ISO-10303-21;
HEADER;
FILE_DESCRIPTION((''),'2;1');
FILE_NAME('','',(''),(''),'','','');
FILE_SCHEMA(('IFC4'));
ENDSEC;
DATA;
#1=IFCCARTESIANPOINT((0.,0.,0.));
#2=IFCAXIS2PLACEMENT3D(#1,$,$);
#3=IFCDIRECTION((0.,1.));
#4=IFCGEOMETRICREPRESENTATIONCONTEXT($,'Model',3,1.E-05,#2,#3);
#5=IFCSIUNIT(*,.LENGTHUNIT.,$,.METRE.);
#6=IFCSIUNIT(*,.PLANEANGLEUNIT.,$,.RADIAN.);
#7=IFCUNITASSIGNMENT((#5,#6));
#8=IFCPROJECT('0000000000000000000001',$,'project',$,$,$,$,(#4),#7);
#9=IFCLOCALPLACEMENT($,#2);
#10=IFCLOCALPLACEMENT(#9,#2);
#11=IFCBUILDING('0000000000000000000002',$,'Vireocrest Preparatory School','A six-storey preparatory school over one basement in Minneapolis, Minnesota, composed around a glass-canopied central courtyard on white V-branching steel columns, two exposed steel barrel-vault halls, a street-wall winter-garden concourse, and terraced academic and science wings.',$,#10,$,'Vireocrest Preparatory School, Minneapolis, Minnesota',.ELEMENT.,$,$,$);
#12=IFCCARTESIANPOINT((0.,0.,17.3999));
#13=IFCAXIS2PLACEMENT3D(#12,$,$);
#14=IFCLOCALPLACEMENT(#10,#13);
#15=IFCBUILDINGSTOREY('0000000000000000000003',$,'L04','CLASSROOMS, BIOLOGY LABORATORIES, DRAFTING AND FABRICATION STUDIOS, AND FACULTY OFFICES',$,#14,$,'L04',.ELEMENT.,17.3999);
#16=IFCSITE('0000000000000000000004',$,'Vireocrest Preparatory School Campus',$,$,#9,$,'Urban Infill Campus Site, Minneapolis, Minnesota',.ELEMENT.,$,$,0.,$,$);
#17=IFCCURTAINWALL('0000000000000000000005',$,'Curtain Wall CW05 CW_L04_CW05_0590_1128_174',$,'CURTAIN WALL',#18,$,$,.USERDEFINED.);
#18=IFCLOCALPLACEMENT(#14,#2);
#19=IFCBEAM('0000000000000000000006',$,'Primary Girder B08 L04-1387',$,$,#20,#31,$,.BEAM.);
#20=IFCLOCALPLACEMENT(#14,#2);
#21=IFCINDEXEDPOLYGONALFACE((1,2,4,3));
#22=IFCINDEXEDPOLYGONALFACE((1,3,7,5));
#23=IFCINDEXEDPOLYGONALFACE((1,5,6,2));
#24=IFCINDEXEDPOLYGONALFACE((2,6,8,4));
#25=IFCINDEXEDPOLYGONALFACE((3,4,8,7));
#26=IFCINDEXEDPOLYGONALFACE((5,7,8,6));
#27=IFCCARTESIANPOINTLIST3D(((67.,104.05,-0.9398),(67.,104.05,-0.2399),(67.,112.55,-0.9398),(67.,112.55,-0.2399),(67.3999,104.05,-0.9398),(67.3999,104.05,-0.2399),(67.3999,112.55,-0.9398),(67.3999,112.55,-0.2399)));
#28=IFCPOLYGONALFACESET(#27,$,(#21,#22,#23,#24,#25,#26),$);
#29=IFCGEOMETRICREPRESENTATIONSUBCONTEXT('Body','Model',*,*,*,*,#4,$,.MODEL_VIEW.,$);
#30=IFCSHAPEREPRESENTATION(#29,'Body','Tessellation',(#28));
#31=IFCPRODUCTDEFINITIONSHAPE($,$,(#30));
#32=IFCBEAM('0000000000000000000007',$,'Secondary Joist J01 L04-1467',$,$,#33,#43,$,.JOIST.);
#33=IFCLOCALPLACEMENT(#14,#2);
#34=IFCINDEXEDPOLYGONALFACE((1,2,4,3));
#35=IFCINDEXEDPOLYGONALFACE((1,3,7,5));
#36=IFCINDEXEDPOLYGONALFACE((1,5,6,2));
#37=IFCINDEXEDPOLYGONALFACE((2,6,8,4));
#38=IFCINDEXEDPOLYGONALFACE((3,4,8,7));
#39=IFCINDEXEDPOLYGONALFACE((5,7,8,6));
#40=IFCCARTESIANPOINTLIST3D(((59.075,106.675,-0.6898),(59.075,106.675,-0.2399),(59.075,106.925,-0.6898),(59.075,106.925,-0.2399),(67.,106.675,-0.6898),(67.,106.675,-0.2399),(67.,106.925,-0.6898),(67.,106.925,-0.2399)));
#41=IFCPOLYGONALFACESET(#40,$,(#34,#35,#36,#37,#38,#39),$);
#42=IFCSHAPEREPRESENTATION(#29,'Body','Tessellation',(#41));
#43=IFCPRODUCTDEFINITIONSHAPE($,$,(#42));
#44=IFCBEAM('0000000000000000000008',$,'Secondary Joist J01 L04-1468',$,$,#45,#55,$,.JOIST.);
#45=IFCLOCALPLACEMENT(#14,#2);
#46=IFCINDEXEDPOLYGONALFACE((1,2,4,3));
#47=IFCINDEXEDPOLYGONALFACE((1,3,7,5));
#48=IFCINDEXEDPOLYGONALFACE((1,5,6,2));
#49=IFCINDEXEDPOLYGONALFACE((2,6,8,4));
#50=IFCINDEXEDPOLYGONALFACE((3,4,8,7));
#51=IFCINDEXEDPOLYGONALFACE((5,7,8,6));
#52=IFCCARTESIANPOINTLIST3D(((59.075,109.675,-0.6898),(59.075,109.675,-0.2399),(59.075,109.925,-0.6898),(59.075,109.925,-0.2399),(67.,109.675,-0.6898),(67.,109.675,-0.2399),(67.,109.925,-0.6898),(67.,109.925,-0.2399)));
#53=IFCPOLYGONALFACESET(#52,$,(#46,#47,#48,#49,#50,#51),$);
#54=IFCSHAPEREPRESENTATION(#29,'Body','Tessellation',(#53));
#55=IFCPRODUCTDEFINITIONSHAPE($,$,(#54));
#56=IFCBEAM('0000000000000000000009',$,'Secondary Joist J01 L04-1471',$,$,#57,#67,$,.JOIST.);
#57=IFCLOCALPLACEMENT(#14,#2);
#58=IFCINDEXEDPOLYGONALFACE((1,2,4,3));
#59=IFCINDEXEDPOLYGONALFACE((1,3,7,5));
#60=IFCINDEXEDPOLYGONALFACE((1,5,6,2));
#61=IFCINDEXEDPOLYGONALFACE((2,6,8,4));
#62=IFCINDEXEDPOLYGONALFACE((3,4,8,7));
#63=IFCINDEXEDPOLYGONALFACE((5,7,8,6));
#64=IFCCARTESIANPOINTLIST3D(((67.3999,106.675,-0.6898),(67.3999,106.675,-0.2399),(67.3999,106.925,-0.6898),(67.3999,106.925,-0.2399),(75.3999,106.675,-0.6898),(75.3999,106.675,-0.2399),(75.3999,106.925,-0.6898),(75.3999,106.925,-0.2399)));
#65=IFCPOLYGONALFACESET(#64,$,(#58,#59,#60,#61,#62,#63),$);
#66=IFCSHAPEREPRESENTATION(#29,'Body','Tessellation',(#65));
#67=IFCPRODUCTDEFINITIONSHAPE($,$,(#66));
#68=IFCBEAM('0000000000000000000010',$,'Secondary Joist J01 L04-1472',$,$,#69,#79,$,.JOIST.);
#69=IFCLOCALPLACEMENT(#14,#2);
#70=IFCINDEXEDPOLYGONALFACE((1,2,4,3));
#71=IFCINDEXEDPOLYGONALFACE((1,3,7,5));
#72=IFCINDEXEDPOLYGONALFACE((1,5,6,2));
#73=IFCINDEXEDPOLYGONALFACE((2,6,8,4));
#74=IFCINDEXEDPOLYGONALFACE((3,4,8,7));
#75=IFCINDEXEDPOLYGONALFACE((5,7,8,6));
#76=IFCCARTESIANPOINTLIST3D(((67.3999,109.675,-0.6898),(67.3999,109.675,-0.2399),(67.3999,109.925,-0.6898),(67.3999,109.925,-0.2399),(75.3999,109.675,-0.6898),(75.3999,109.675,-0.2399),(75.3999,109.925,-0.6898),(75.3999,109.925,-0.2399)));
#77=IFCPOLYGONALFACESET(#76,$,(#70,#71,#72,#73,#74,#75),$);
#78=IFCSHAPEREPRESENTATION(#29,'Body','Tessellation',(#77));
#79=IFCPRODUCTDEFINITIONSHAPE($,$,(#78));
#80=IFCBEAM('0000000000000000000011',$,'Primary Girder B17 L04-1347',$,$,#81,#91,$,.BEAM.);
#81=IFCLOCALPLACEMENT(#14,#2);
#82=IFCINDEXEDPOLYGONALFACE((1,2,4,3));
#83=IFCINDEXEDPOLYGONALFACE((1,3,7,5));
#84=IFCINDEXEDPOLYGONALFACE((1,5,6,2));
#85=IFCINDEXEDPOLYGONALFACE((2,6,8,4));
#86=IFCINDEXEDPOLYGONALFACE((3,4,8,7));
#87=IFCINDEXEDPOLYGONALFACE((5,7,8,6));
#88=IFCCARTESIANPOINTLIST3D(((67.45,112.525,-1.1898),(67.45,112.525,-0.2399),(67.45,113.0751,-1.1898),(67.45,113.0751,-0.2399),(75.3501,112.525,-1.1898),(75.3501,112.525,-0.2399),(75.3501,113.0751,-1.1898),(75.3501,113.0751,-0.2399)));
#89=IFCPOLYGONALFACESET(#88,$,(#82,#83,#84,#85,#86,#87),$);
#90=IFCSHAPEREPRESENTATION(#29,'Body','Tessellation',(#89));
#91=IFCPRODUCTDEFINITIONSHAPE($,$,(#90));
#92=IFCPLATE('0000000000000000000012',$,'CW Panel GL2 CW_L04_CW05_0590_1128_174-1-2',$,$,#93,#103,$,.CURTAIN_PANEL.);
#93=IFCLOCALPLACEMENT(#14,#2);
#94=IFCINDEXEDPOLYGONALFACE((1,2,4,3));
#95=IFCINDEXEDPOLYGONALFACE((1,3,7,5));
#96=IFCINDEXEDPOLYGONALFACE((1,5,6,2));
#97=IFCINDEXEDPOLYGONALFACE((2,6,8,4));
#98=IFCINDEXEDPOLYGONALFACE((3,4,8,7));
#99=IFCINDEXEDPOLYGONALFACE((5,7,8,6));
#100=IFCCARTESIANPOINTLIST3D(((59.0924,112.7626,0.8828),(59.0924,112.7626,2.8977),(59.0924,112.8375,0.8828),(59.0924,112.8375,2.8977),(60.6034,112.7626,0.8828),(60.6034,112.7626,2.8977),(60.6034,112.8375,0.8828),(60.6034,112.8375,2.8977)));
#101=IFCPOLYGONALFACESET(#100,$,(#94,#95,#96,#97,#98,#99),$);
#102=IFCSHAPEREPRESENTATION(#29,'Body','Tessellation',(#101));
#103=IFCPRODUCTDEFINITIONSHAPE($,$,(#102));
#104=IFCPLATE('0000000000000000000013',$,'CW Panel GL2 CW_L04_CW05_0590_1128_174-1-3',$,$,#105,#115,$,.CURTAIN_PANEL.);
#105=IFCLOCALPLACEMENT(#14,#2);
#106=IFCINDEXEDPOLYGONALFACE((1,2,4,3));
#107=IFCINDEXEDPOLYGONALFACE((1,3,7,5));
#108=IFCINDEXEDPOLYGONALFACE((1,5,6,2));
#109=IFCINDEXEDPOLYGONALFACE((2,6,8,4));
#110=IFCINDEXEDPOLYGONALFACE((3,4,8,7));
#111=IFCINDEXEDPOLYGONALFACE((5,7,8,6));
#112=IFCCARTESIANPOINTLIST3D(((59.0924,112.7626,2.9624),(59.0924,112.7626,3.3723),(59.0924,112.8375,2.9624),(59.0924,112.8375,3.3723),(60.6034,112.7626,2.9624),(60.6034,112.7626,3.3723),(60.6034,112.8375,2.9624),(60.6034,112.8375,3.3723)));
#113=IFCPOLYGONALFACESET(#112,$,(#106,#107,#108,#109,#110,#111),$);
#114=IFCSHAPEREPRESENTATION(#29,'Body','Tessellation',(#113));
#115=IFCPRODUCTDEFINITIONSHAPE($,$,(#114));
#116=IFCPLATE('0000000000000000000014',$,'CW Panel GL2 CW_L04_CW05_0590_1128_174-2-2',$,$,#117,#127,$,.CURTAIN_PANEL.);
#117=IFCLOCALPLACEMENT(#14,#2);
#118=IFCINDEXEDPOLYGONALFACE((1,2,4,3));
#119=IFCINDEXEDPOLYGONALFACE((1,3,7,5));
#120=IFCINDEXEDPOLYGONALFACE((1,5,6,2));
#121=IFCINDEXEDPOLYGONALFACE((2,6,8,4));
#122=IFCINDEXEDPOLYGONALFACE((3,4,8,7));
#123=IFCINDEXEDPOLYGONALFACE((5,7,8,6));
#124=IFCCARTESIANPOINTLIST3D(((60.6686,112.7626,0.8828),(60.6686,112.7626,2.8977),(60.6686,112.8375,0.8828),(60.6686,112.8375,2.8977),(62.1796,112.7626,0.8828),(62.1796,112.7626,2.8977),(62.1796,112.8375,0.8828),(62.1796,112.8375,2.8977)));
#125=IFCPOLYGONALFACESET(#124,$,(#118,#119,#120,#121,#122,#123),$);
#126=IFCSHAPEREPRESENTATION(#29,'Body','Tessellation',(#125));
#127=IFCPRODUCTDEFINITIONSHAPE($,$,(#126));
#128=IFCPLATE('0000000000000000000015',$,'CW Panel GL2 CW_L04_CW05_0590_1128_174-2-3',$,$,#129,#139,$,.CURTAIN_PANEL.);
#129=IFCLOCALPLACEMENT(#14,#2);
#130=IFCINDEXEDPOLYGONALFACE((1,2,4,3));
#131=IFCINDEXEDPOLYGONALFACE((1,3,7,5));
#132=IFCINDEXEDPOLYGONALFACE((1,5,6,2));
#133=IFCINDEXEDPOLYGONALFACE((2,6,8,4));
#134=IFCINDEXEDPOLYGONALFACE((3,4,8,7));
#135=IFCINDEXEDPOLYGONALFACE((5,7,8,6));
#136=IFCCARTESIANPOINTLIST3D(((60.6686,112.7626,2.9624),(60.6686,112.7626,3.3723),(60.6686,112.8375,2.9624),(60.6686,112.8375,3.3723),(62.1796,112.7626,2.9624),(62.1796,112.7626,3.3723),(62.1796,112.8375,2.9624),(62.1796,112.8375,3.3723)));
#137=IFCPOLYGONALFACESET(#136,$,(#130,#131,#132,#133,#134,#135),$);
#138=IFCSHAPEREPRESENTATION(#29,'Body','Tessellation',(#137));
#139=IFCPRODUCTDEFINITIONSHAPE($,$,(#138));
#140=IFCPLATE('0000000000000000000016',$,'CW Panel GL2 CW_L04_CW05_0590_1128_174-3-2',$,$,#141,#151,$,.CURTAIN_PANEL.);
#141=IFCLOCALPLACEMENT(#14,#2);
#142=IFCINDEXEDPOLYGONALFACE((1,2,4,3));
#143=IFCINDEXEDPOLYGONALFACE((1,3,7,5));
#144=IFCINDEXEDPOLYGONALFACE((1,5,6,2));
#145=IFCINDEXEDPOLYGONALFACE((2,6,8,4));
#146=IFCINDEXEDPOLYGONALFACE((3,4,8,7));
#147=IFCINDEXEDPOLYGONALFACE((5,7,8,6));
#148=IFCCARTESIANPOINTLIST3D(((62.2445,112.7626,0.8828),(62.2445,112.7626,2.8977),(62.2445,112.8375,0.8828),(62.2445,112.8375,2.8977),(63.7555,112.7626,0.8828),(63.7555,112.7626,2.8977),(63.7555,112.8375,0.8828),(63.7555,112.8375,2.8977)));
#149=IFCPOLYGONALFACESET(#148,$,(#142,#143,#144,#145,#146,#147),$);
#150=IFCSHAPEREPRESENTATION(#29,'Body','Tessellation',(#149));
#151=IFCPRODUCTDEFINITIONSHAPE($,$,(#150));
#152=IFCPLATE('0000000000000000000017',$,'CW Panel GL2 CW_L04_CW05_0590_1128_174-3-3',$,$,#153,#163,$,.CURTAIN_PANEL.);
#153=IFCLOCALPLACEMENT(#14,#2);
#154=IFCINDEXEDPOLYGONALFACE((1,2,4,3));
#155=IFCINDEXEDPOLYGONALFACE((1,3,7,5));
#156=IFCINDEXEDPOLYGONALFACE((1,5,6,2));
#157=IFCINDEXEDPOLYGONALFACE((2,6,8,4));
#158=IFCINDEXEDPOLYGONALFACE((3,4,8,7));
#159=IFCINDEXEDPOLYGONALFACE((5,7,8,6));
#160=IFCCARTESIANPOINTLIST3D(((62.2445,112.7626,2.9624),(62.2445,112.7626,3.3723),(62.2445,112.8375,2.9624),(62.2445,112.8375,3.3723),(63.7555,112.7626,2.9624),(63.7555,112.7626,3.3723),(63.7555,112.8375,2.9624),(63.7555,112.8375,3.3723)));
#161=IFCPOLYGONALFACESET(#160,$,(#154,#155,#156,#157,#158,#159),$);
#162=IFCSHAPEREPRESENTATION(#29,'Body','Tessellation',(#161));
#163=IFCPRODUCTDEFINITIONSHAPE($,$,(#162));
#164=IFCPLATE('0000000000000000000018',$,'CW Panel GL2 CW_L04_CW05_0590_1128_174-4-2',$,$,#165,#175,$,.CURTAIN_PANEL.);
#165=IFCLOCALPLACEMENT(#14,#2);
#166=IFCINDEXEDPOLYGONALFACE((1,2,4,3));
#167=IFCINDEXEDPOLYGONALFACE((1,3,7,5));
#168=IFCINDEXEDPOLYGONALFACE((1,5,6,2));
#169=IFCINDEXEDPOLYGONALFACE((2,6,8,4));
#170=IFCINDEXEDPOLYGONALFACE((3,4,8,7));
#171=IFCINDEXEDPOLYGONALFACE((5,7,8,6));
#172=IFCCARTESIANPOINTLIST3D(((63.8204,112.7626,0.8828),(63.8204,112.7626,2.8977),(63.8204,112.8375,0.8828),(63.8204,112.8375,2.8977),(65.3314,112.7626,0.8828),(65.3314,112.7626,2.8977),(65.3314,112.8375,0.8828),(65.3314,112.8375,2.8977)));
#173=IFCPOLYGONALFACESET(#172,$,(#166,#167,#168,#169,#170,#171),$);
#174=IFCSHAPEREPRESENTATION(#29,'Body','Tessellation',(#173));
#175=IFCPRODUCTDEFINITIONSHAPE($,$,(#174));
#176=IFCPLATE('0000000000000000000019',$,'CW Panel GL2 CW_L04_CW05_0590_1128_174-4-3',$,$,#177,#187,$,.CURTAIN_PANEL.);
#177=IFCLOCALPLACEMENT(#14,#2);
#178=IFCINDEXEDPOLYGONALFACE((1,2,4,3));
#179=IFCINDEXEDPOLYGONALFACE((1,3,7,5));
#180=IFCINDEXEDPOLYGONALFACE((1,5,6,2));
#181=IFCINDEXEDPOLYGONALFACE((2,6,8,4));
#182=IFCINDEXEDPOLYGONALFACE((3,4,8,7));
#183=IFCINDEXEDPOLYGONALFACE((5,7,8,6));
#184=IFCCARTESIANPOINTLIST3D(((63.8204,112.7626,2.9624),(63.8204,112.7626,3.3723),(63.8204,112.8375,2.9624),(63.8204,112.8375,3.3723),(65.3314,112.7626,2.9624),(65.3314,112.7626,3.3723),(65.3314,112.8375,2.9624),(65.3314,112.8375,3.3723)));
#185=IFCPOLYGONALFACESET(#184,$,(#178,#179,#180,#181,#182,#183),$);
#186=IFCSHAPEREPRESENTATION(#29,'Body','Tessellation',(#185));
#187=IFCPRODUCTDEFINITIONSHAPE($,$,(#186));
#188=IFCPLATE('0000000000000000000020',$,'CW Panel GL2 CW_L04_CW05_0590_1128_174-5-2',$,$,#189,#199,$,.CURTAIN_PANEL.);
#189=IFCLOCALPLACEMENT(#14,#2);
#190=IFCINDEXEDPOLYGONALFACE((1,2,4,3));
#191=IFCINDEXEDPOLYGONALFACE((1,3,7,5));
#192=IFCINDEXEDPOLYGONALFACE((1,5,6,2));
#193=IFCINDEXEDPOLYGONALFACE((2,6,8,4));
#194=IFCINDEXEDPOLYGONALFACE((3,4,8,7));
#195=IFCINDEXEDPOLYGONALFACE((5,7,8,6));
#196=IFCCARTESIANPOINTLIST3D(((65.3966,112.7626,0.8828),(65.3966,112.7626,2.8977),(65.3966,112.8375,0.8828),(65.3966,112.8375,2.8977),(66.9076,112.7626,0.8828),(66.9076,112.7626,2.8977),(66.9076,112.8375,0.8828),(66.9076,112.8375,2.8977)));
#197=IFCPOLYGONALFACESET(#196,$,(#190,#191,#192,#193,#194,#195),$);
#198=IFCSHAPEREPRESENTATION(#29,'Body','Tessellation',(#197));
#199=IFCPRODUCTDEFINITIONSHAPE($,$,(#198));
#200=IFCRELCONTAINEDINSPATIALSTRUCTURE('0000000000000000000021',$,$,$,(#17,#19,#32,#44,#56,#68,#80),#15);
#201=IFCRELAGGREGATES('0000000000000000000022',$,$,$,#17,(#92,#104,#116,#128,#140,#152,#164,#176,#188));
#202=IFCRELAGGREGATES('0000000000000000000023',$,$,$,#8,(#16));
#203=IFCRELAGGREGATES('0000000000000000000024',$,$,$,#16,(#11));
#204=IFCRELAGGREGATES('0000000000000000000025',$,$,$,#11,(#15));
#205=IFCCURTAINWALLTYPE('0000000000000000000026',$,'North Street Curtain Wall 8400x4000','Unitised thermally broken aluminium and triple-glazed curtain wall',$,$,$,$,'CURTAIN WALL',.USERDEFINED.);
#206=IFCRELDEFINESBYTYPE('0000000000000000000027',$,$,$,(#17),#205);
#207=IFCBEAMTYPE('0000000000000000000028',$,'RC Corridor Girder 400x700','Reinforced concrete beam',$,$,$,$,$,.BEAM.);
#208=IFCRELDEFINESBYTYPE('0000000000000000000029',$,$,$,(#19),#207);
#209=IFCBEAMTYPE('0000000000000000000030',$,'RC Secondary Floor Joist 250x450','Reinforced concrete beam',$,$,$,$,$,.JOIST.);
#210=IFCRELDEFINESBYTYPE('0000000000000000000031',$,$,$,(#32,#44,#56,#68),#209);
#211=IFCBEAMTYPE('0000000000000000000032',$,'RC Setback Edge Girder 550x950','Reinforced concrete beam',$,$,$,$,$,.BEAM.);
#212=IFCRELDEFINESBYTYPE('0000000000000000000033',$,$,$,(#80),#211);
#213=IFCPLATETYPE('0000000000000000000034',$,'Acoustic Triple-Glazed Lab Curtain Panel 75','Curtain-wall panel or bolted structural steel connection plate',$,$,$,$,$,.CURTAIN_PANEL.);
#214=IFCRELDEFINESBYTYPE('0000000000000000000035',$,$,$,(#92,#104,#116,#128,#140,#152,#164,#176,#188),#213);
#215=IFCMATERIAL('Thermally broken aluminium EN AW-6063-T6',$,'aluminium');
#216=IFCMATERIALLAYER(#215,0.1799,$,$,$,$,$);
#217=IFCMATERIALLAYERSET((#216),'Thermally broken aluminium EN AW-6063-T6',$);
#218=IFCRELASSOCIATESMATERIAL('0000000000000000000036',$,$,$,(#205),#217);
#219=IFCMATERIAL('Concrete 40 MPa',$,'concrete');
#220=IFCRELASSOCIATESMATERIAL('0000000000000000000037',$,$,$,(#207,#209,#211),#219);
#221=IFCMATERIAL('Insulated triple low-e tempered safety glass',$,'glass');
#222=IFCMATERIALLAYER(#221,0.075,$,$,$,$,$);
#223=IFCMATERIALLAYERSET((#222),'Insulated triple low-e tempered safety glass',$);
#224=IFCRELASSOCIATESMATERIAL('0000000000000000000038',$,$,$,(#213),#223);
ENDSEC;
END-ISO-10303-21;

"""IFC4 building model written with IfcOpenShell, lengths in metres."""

from ifc_helpers import new_model, si_unit, direction, frame, origin, origin_2d, place, context, subcontext, project, spatial, rectangle, extrude, material, layer, layer_set, material_profile, profile_set, type_object, element, aggregate, save


model = new_model("IFC4")

# Units and contexts
model_context = context("Model", 3, precision=1e-05, world=origin(), true_north=direction((0.0, 1.0)))
body_context = subcontext(model_context, "Body", "Model", "MODEL_VIEW")
ifc_project = project(units=[si_unit("LENGTHUNIT", "METRE"), si_unit("PLANEANGLEUNIT", "RADIAN")], contexts=[model_context])

# Site, building, storey
site_placement = place(None, origin())
site = spatial("IfcSite", under=ifc_project, at=site_placement, Name="Vireocrest Preparatory School Campus", LongName="Urban Infill Campus Site, Minneapolis, Minnesota", CompositionType="ELEMENT", RefElevation=0.0)
building_placement = place(site_placement, origin())
building = spatial("IfcBuilding", under=site, at=building_placement, Name="Vireocrest Preparatory School", Description="A six-storey preparatory school over one basement in Minneapolis, Minnesota, composed around a glass-canopied central courtyard on white V-branching steel columns, two exposed steel barrel-vault halls, a street-wall winter-garden concourse, and terraced academic and science wings.", LongName="Vireocrest Preparatory School, Minneapolis, Minnesota", CompositionType="ELEMENT")
storey_placement = place(building_placement, frame((0.0, 0.0, 17.3999)))
storey = spatial("IfcBuildingStorey", under=building, at=storey_placement, Name="L04", Description="CLASSROOMS, BIOLOGY LABORATORIES, DRAFTING AND FABRICATION STUDIOS, AND FACULTY OFFICES", LongName="L04", CompositionType="ELEMENT", Elevation=17.3999)

# Curtain wall
ifc_material_1 = material(Name="Thermally broken aluminium EN AW-6063-T6", Category="aluminium")
ifc_layer_1 = layer(ifc_material_1, 0.1799)
ifc_layer_set_1 = layer_set([ifc_layer_1], Name="Thermally broken aluminium EN AW-6063-T6")
curtain_wall_type = type_object("IfcCurtainWallType", Name="North Street Curtain Wall 8400x4000", Description="Unitised thermally broken aluminium and triple-glazed curtain wall", ElementType="CURTAIN WALL", PredefinedType="USERDEFINED", material=ifc_layer_set_1)
curtain_wall_placement = place(storey_placement, origin())
curtain_wall = element("IfcCurtainWall", 1, at=curtain_wall_placement, inside=storey, type_object=curtain_wall_type, Name="Curtain Wall CW05 CW_L04_CW05_0590_1128_174", ObjectType="CURTAIN WALL", PredefinedType="USERDEFINED")

# Beams
ifc_material_2 = material(Name="Concrete 40 MPa", Category="concrete")
ifc_material_profile_1 = material_profile(ifc_material_2, rectangle(XDim=0.3999, YDim=0.7, at=origin_2d()), Name="RC 400x700")
ifc_profile_set_1 = profile_set([ifc_material_profile_1], Name="Concrete 40 MPa")
beam_type_1 = type_object("IfcBeamType", Name="RC Corridor Girder 400x700", Description="Reinforced concrete beam", PredefinedType="BEAM", material=ifc_profile_set_1)
beam_1_placement = place(storey_placement, frame((67.2, 104.05, -0.5898), z_axis=(0.0, 1.0, 0.0), x_axis=(-1.0, 0.0, 0.0)))
element("IfcBeam", 2, at=beam_1_placement, inside=storey, type_object=beam_type_1, Name="Primary Girder B08 L04-1387", PredefinedType="BEAM", context=body_context, shape_type="SweptSolid", body=[
    extrude(rectangle(XDim=0.3999, YDim=0.7, at=origin_2d()), origin(), (0.0, 0.0, 1.0), 8.5),
])
ifc_material_profile_2 = material_profile(ifc_material_2, rectangle(XDim=0.25, YDim=0.45, at=origin_2d()), Name="RC 250x450")
ifc_profile_set_2 = profile_set([ifc_material_profile_2], Name="Concrete 40 MPa")
beam_type_2 = type_object("IfcBeamType", Name="RC Secondary Floor Joist 250x450", Description="Reinforced concrete beam", PredefinedType="JOIST", material=ifc_profile_set_2)
for number, where, z_axis, x_axis, name in (
    (3, (59.075, 106.8, -0.4648), (1.0, 0.0, 0.0), (0.0, 1.0, 0.0), "Secondary Joist J01 L04-1467"),
    (4, (59.075, 109.8, -0.4648), (1.0, 0.0, 0.0), (0.0, 1.0, 0.0), "Secondary Joist J01 L04-1468"),
):
    element("IfcBeam", number, at=place(storey_placement, frame(where, z_axis=z_axis, x_axis=x_axis)), inside=storey, type_object=beam_type_2, Name=name, PredefinedType="JOIST", context=body_context, shape_type="SweptSolid", body=[
        extrude(rectangle(XDim=0.25, YDim=0.45, at=origin_2d()), origin(), (0.0, 0.0, 1.0), 7.925),
    ])
for number, where, z_axis, x_axis, name in (
    (5, (67.3999, 106.8, -0.4648), (1.0, 0.0, 0.0), (0.0, 1.0, 0.0), "Secondary Joist J01 L04-1471"),
    (6, (67.3999, 109.8, -0.4648), (1.0, 0.0, 0.0), (0.0, 1.0, 0.0), "Secondary Joist J01 L04-1472"),
):
    element("IfcBeam", number, at=place(storey_placement, frame(where, z_axis=z_axis, x_axis=x_axis)), inside=storey, type_object=beam_type_2, Name=name, PredefinedType="JOIST", context=body_context, shape_type="SweptSolid", body=[
        extrude(rectangle(XDim=0.25, YDim=0.45, at=origin_2d()), origin(), (0.0, 0.0, 1.0), 8.0),
    ])
ifc_material_profile_3 = material_profile(ifc_material_2, rectangle(XDim=0.55, YDim=0.95, at=origin_2d()), Name="RC 550x950")
ifc_profile_set_3 = profile_set([ifc_material_profile_3], Name="Concrete 40 MPa")
beam_type_3 = type_object("IfcBeamType", Name="RC Setback Edge Girder 550x950", Description="Reinforced concrete beam", PredefinedType="BEAM", material=ifc_profile_set_3)
beam_2_placement = place(storey_placement, frame((67.45, 112.8, -0.7148), z_axis=(1.0, 0.0, 0.0), x_axis=(0.0, 1.0, 0.0)))
element("IfcBeam", 7, at=beam_2_placement, inside=storey, type_object=beam_type_3, Name="Primary Girder B17 L04-1347", PredefinedType="BEAM", context=body_context, shape_type="SweptSolid", body=[
    extrude(rectangle(XDim=0.55, YDim=0.95, at=origin_2d()), origin(), (0.0, 0.0, 1.0), 7.9001),
])

# Plates
ifc_material_3 = material(Name="Insulated triple low-e tempered safety glass", Category="glass")
ifc_layer_2 = layer(ifc_material_3, 0.075)
ifc_layer_set_2 = layer_set([ifc_layer_2], Name="Insulated triple low-e tempered safety glass")
plate_type_1 = type_object("IfcPlateType", Name="Acoustic Triple-Glazed Lab Curtain Panel 75", Description="Curtain-wall panel or bolted structural steel connection plate", PredefinedType="CURTAIN_PANEL", material=ifc_layer_set_2)
plate_1_placement = place(storey_placement, frame((59.8479, 112.8, 0.8828), z_axis=(0.0, 0.0, 1.0), x_axis=(1.0, 0.0, 0.0)))
plate_1 = element("IfcPlate", 8, at=plate_1_placement, type_object=plate_type_1, Name="CW Panel GL2 CW_L04_CW05_0590_1128_174-1-2", PredefinedType="CURTAIN_PANEL", context=body_context, shape_type="SweptSolid", body=[
    extrude(rectangle(XDim=1.511, YDim=0.075, at=origin_2d()), origin(), (0.0, 0.0, 1.0), 2.0149),
])
plate_2_placement = place(storey_placement, frame((59.8479, 112.8, 2.9624), z_axis=(0.0, 0.0, 1.0), x_axis=(1.0, 0.0, 0.0)))
plate_2 = element("IfcPlate", 9, at=plate_2_placement, type_object=plate_type_1, Name="CW Panel GL2 CW_L04_CW05_0590_1128_174-1-3", PredefinedType="CURTAIN_PANEL", context=body_context, shape_type="SweptSolid", body=[
    extrude(rectangle(XDim=1.511, YDim=0.075, at=origin_2d()), origin(), (0.0, 0.0, 1.0), 0.4099),
])
plate_3_placement = place(storey_placement, frame((61.4241, 112.8, 0.8828), z_axis=(0.0, 0.0, 1.0), x_axis=(1.0, 0.0, 0.0)))
plate_3 = element("IfcPlate", 10, at=plate_3_placement, type_object=plate_type_1, Name="CW Panel GL2 CW_L04_CW05_0590_1128_174-2-2", PredefinedType="CURTAIN_PANEL", context=body_context, shape_type="SweptSolid", body=[
    extrude(rectangle(XDim=1.511, YDim=0.075, at=origin_2d()), origin(), (0.0, 0.0, 1.0), 2.0149),
])
plate_4_placement = place(storey_placement, frame((61.4241, 112.8, 2.9624), z_axis=(0.0, 0.0, 1.0), x_axis=(1.0, 0.0, 0.0)))
plate_4 = element("IfcPlate", 11, at=plate_4_placement, type_object=plate_type_1, Name="CW Panel GL2 CW_L04_CW05_0590_1128_174-2-3", PredefinedType="CURTAIN_PANEL", context=body_context, shape_type="SweptSolid", body=[
    extrude(rectangle(XDim=1.511, YDim=0.075, at=origin_2d()), origin(), (0.0, 0.0, 1.0), 0.4099),
])
plate_5_placement = place(storey_placement, frame((63.0, 112.8, 0.8828), z_axis=(0.0, 0.0, 1.0), x_axis=(1.0, 0.0, 0.0)))
plate_5 = element("IfcPlate", 12, at=plate_5_placement, type_object=plate_type_1, Name="CW Panel GL2 CW_L04_CW05_0590_1128_174-3-2", PredefinedType="CURTAIN_PANEL", context=body_context, shape_type="SweptSolid", body=[
    extrude(rectangle(XDim=1.511, YDim=0.075, at=origin_2d()), origin(), (0.0, 0.0, 1.0), 2.0149),
])
plate_6_placement = place(storey_placement, frame((63.0, 112.8, 2.9624), z_axis=(0.0, 0.0, 1.0), x_axis=(1.0, 0.0, 0.0)))
plate_6 = element("IfcPlate", 13, at=plate_6_placement, type_object=plate_type_1, Name="CW Panel GL2 CW_L04_CW05_0590_1128_174-3-3", PredefinedType="CURTAIN_PANEL", context=body_context, shape_type="SweptSolid", body=[
    extrude(rectangle(XDim=1.511, YDim=0.075, at=origin_2d()), origin(), (0.0, 0.0, 1.0), 0.4099),
])
plate_7_placement = place(storey_placement, frame((64.5759, 112.8, 0.8828), z_axis=(0.0, 0.0, 1.0), x_axis=(1.0, 0.0, 0.0)))
plate_7 = element("IfcPlate", 14, at=plate_7_placement, type_object=plate_type_1, Name="CW Panel GL2 CW_L04_CW05_0590_1128_174-4-2", PredefinedType="CURTAIN_PANEL", context=body_context, shape_type="SweptSolid", body=[
    extrude(rectangle(XDim=1.511, YDim=0.075, at=origin_2d()), origin(), (0.0, 0.0, 1.0), 2.0149),
])
plate_8_placement = place(storey_placement, frame((64.5759, 112.8, 2.9624), z_axis=(0.0, 0.0, 1.0), x_axis=(1.0, 0.0, 0.0)))
plate_8 = element("IfcPlate", 15, at=plate_8_placement, type_object=plate_type_1, Name="CW Panel GL2 CW_L04_CW05_0590_1128_174-4-3", PredefinedType="CURTAIN_PANEL", context=body_context, shape_type="SweptSolid", body=[
    extrude(rectangle(XDim=1.511, YDim=0.075, at=origin_2d()), origin(), (0.0, 0.0, 1.0), 0.4099),
])
plate_9_placement = place(storey_placement, frame((66.1521, 112.8, 0.8828), z_axis=(0.0, 0.0, 1.0), x_axis=(1.0, 0.0, 0.0)))
plate_9 = element("IfcPlate", 16, at=plate_9_placement, type_object=plate_type_1, Name="CW Panel GL2 CW_L04_CW05_0590_1128_174-5-2", PredefinedType="CURTAIN_PANEL", context=body_context, shape_type="SweptSolid", body=[
    extrude(rectangle(XDim=1.511, YDim=0.075, at=origin_2d()), origin(), (0.0, 0.0, 1.0), 2.0149),
])
aggregate(curtain_wall, [plate_1, plate_2, plate_3, plate_4, plate_5, plate_6, plate_7, plate_8, plate_9])

save(model, "model.ifc")
